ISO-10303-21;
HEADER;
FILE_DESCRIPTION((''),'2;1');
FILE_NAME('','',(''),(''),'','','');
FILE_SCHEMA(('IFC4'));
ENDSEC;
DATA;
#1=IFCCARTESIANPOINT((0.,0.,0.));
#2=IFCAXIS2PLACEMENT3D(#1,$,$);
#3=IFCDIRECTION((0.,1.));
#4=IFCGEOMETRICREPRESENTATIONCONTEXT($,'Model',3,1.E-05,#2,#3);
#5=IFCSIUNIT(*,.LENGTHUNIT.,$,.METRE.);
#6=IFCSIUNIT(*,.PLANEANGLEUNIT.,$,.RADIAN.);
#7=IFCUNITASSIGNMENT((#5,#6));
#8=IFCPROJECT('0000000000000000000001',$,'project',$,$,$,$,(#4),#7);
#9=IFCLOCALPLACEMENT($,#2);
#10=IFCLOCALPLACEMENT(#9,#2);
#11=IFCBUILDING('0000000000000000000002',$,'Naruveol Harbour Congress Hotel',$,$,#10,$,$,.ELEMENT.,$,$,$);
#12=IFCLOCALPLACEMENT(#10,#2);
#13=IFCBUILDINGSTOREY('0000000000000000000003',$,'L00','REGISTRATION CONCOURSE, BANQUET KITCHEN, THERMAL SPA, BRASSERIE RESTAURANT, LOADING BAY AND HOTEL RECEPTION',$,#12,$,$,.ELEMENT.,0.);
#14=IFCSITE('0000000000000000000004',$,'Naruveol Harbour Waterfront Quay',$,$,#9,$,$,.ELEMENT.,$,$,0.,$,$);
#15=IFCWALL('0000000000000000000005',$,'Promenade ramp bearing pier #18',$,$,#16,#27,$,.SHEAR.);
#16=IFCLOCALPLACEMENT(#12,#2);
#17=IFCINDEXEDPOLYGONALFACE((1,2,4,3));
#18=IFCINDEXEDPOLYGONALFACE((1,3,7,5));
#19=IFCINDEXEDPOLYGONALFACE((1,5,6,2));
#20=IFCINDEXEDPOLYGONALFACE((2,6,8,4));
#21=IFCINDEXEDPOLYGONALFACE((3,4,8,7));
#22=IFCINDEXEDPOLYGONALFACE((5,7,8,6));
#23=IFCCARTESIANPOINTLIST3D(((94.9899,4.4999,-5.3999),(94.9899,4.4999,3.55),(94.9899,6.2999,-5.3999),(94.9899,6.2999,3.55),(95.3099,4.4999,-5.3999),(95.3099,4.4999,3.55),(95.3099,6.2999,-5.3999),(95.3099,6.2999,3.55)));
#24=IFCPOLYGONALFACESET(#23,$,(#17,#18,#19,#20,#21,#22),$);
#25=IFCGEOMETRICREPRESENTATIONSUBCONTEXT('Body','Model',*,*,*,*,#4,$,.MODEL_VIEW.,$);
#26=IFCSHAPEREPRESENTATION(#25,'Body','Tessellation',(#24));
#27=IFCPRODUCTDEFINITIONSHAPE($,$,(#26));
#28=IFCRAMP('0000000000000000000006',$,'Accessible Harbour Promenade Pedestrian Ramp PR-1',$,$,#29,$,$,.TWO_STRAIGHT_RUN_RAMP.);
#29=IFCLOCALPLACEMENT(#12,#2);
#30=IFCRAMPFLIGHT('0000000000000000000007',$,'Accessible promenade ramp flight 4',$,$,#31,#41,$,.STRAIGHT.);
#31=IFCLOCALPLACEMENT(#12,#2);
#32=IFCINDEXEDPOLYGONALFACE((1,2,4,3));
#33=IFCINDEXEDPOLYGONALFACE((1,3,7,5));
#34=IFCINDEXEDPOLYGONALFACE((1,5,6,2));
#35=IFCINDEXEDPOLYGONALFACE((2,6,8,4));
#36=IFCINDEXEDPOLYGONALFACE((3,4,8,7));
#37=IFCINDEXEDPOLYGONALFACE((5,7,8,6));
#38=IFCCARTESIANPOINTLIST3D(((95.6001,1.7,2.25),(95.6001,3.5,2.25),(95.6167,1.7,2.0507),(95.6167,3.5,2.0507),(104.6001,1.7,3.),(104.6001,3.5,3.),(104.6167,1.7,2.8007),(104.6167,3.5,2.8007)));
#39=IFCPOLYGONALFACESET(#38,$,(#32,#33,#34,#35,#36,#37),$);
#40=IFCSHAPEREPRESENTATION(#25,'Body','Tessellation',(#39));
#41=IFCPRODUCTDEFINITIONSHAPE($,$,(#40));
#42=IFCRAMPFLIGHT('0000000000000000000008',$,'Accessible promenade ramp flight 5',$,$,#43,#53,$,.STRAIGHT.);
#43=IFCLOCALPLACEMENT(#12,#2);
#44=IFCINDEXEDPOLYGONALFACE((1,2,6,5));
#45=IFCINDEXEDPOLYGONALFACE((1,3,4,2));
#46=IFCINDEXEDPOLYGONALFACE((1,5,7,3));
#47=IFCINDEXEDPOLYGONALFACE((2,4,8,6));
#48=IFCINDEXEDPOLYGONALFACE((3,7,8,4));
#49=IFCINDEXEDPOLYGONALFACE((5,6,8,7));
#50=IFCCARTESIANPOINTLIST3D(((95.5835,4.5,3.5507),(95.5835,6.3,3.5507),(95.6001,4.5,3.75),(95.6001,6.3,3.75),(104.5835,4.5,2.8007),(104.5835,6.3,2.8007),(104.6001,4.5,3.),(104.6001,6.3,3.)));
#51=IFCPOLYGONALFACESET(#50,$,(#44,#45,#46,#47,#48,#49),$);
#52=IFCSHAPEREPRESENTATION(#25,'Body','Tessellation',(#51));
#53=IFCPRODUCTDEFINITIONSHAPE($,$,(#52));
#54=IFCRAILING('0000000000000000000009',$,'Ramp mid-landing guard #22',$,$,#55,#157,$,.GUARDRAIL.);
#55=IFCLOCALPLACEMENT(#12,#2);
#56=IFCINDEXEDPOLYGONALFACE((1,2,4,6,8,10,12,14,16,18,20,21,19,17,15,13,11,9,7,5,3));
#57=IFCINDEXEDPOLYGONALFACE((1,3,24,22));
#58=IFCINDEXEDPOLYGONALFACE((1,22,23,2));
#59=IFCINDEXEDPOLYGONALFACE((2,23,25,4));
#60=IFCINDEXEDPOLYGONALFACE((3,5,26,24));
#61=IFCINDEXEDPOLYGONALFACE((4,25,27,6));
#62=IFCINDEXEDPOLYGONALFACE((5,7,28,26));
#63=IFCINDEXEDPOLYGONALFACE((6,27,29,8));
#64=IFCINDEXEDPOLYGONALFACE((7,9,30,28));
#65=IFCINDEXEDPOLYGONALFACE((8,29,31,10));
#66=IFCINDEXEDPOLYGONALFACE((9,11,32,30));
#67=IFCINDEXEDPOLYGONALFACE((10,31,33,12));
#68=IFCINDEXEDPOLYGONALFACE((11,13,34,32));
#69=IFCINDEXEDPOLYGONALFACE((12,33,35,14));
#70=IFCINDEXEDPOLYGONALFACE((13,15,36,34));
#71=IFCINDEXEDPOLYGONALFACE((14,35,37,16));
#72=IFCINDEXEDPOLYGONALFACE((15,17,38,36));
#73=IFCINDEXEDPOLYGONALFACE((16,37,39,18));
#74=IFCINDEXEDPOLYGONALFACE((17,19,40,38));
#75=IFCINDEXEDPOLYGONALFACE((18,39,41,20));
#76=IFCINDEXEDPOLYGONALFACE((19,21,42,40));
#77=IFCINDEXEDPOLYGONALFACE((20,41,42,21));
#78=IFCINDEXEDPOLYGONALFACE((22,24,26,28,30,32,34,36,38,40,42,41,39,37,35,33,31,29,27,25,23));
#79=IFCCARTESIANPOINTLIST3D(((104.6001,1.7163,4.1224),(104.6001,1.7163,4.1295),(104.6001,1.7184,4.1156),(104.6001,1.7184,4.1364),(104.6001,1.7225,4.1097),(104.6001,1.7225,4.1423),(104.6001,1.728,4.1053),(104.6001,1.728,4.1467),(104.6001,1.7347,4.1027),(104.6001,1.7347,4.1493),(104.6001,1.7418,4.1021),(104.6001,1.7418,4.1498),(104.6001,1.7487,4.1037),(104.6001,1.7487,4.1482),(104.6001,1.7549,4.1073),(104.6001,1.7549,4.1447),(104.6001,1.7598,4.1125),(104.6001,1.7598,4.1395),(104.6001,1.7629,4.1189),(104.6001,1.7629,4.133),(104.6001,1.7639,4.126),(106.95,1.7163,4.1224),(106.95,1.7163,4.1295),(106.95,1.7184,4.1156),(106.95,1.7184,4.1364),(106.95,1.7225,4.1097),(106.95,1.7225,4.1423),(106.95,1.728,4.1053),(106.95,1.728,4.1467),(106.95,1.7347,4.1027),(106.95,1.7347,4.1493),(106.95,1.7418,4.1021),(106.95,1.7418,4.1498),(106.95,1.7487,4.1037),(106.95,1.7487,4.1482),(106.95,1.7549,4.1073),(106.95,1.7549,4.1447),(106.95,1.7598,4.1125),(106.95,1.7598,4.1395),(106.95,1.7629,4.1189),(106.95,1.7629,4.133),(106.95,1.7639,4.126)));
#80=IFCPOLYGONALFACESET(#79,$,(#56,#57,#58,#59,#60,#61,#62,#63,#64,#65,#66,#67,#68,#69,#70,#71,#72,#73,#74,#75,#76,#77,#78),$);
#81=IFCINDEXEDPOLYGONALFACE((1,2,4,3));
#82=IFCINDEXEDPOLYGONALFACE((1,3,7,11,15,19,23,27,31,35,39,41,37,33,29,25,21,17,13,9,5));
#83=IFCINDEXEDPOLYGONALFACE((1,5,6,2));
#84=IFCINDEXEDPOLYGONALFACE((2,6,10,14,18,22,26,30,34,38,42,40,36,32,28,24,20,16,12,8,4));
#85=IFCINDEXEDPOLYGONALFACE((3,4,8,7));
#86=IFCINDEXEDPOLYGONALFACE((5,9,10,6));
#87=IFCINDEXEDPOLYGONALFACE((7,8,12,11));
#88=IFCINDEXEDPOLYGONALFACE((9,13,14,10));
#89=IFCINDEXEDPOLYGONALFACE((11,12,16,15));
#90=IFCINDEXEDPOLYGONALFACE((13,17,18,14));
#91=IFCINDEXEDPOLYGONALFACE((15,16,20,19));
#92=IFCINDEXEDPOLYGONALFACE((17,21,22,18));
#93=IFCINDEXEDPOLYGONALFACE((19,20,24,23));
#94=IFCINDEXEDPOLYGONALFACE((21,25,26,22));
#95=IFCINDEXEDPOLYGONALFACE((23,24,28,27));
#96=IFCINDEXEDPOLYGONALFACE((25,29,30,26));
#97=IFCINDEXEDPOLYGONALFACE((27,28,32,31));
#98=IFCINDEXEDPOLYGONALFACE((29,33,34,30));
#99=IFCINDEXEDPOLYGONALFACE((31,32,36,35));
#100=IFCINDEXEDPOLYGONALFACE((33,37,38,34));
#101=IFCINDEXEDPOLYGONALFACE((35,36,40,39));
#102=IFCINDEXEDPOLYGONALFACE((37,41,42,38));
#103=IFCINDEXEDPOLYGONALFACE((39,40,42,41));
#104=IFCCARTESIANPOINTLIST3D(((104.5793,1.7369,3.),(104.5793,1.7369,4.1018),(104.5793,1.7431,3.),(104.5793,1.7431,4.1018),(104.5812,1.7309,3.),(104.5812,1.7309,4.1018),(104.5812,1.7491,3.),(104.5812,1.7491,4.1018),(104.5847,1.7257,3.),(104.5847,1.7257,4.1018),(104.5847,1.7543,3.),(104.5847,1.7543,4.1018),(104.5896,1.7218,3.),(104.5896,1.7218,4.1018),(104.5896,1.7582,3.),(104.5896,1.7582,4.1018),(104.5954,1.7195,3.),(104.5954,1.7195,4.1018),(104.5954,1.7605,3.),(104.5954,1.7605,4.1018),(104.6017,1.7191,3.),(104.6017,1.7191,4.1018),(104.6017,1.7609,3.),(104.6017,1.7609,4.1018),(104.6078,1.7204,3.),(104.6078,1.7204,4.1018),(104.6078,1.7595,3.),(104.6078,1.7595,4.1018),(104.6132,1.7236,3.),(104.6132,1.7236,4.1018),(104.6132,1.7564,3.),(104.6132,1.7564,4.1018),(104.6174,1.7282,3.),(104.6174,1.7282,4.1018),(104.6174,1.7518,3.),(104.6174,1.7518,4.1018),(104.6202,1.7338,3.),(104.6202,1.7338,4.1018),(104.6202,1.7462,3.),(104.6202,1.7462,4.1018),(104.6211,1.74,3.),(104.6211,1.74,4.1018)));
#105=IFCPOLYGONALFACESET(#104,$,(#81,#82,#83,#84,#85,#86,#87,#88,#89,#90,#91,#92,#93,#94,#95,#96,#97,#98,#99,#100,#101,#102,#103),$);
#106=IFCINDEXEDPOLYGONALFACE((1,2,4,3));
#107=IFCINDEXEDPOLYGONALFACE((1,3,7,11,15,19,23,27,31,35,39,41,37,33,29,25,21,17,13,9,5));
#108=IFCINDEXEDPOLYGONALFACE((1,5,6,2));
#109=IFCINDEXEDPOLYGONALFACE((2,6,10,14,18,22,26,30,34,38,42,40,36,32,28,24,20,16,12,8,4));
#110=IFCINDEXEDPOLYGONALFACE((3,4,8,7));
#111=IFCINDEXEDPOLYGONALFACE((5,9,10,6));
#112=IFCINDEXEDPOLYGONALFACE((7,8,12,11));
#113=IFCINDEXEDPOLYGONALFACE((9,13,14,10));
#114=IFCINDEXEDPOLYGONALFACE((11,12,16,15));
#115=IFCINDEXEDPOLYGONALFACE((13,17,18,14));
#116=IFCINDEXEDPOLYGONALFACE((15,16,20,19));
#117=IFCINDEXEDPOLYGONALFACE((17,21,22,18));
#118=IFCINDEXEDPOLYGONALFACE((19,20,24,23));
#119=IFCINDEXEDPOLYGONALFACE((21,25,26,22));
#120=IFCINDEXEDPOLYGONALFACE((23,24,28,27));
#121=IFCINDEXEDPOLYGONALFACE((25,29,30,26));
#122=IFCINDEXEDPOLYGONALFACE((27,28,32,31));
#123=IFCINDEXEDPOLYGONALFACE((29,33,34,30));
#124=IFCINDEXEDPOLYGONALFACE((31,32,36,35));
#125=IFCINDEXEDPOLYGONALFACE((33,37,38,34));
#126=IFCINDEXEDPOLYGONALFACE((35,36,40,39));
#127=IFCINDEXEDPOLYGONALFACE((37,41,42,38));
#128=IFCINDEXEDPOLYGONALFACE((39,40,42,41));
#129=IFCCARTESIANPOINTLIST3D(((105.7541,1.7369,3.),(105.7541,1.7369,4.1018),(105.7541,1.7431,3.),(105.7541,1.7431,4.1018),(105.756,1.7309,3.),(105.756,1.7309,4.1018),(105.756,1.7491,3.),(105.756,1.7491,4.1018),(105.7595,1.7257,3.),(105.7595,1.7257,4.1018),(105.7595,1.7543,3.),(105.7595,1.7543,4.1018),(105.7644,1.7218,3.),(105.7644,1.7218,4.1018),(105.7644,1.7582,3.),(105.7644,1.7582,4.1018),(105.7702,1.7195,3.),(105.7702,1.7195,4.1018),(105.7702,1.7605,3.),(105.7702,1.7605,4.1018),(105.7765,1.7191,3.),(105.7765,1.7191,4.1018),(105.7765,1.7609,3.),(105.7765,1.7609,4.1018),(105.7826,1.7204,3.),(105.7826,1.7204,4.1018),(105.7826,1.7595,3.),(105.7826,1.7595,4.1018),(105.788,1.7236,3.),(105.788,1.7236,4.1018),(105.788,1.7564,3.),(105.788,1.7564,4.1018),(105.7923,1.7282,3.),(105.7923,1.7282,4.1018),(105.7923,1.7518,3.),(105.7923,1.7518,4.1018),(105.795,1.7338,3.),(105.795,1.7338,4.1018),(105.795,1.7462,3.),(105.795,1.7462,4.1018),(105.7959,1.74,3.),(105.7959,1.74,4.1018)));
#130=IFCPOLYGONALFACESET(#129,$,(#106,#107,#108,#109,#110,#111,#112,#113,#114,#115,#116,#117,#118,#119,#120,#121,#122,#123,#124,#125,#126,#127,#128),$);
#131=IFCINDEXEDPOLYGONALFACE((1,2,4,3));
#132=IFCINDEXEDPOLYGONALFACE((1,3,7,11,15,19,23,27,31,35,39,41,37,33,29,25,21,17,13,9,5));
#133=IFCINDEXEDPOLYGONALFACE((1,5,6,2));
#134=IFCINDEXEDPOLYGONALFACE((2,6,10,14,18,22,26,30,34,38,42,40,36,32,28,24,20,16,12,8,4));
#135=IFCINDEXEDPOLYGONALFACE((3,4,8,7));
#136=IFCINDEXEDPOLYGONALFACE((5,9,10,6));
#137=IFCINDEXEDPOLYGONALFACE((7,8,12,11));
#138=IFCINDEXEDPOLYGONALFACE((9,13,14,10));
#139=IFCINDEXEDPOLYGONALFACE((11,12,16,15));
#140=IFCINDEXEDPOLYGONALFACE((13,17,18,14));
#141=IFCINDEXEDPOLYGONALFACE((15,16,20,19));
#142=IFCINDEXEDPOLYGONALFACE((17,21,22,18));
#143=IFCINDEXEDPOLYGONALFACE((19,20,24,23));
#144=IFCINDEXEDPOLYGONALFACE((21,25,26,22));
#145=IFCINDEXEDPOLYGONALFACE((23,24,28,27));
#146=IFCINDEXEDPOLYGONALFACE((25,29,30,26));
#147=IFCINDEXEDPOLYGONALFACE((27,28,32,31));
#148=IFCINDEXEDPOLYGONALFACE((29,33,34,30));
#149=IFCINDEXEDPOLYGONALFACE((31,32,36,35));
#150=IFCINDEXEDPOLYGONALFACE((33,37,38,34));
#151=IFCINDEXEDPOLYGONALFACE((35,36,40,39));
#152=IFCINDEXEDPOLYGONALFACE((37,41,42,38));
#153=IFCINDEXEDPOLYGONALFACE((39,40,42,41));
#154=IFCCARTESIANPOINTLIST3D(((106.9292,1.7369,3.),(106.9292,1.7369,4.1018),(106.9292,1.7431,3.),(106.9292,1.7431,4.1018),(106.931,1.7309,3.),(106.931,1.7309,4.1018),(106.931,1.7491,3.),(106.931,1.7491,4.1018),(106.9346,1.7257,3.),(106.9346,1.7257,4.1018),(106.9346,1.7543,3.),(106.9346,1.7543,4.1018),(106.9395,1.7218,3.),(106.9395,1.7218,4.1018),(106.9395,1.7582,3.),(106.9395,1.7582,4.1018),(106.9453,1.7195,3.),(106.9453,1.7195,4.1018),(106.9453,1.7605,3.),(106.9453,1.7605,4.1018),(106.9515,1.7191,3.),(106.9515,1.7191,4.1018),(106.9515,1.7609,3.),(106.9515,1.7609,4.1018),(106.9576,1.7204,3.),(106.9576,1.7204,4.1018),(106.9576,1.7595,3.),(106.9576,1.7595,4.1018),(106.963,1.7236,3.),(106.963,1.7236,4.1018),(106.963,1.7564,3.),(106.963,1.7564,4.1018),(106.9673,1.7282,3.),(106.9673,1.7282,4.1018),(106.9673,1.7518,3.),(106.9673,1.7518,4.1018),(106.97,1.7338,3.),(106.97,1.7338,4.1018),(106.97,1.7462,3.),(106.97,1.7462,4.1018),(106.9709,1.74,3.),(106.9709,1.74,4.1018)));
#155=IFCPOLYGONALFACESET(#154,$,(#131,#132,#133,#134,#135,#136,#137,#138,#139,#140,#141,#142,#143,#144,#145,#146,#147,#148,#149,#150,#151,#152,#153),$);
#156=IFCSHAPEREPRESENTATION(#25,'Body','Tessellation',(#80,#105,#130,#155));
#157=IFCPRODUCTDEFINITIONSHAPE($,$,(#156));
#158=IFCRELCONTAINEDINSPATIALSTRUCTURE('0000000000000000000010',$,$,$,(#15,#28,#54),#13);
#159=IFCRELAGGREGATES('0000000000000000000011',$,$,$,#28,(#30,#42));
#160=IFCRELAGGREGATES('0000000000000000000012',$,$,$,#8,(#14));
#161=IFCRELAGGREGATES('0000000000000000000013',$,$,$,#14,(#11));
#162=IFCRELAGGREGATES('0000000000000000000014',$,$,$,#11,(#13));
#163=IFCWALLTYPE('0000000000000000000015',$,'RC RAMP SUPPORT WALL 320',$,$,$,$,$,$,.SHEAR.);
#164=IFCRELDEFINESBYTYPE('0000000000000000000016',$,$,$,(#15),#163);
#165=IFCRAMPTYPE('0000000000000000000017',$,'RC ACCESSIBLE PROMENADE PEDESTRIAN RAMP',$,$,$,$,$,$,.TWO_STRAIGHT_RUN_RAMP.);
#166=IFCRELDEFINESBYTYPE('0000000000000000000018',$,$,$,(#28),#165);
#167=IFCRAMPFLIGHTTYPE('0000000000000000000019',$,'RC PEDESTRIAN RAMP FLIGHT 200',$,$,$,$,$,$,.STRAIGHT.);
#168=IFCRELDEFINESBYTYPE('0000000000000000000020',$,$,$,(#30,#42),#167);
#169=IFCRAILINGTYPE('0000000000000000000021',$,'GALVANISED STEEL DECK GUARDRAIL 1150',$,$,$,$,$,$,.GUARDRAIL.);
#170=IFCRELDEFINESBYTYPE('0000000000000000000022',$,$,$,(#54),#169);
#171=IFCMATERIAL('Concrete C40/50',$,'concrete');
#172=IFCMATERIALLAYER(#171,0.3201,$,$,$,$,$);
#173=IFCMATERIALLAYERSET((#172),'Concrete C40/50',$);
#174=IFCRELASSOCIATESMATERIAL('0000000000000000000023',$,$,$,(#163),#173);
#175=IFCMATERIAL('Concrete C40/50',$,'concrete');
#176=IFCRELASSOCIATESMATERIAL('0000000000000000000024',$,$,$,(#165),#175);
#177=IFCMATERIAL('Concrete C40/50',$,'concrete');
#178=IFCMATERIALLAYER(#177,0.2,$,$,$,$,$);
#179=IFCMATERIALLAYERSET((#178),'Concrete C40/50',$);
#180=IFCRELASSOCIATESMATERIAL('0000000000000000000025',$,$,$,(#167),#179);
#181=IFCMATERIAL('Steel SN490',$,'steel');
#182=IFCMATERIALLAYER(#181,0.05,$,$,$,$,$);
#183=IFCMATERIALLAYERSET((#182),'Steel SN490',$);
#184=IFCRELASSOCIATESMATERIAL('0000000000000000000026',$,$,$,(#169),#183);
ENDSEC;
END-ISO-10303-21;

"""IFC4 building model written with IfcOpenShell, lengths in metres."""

from ifc_helpers import new_model, si_unit, direction, frame, frame_2d, origin, origin_2d, place, context, subcontext, project, spatial, polyline, rectangle, circle, outline, extrude, material, layer, layer_set, type_object, element, aggregate, save


model = new_model("IFC4")

# Units and contexts
model_context = context("Model", 3, precision=1e-05, world=origin(), true_north=direction((0.0, 1.0)))
body_context = subcontext(model_context, "Body", "Model", "MODEL_VIEW")
ifc_project = project(units=[si_unit("LENGTHUNIT", "METRE"), si_unit("PLANEANGLEUNIT", "RADIAN")], contexts=[model_context])

# Site, building, storey
site_placement = place(None, origin())
site = spatial("IfcSite", under=ifc_project, at=site_placement, Name="Naruveol Harbour Waterfront Quay", CompositionType="ELEMENT", RefElevation=0.0)
building_placement = place(site_placement, origin())
building = spatial("IfcBuilding", under=site, at=building_placement, Name="Naruveol Harbour Congress Hotel", CompositionType="ELEMENT")
storey_placement = place(building_placement, origin())
storey = spatial("IfcBuildingStorey", under=building, at=storey_placement, Name="L00", Description="REGISTRATION CONCOURSE, BANQUET KITCHEN, THERMAL SPA, BRASSERIE RESTAURANT, LOADING BAY AND HOTEL RECEPTION", CompositionType="ELEMENT", Elevation=0.0)

# Wall
ifc_material_1 = material(Name="Concrete C40/50", Category="concrete")
ifc_layer_1 = layer(ifc_material_1, 0.3201)
ifc_layer_set_1 = layer_set([ifc_layer_1], Name="Concrete C40/50")
wall_type_1 = type_object("IfcWallType", Name="RC RAMP SUPPORT WALL 320", PredefinedType="SHEAR", material=ifc_layer_set_1)
wall_1_placement = place(storey_placement, frame((95.1499, 4.5, -5.3999), z_axis=(0.0, 0.0, 1.0), x_axis=(0.0, 1.0, 0.0)))
element("IfcWall", 1, at=wall_1_placement, inside=storey, type_object=wall_type_1, Name="Promenade ramp bearing pier #18", PredefinedType="SHEAR", context=body_context, shape_type="SweptSolid", body=[
    extrude(rectangle(XDim=1.8, YDim=0.3201, at=frame_2d((0.8999, 0.0))), origin(), (0.0, 0.0, 1.0), 8.95),
])

# Ramp, ramp flights
ifc_material_2 = material(Name="Concrete C40/50", Category="concrete")
ramp_type = type_object("IfcRampType", Name="RC ACCESSIBLE PROMENADE PEDESTRIAN RAMP", PredefinedType="TWO_STRAIGHT_RUN_RAMP", material=ifc_material_2)
ramp_placement = place(storey_placement, origin())
ramp = element("IfcRamp", 2, at=ramp_placement, inside=storey, type_object=ramp_type, Name="Accessible Harbour Promenade Pedestrian Ramp PR-1", PredefinedType="TWO_STRAIGHT_RUN_RAMP")
ifc_material_3 = material(Name="Concrete C40/50", Category="concrete")
ifc_layer_2 = layer(ifc_material_3, 0.2)
ifc_layer_set_2 = layer_set([ifc_layer_2], Name="Concrete C40/50")
ramp_flight_type = type_object("IfcRampFlightType", Name="RC PEDESTRIAN RAMP FLIGHT 200", PredefinedType="STRAIGHT", material=ifc_layer_set_2)
ramp_flight_1_placement = place(storey_placement, frame((95.6001, 1.7, 2.25), z_axis=(-0.083045, 0.0, 0.996546), x_axis=(0.996546, 0.0, 0.083045)))
ramp_flight_1 = element("IfcRampFlight", 3, at=ramp_flight_1_placement, type_object=ramp_flight_type, Name="Accessible promenade ramp flight 4", PredefinedType="STRAIGHT", context=body_context, shape_type="SweptSolid", body=[
    extrude(outline(polyline([(0.0, 0.0), (9.0312, 0.0), (9.0312, 1.8), (0.0, 1.8), (0.0, 0.0)])), origin(), (0.0, 0.0, -1.0), 0.2),
])
ramp_flight_2_placement = place(storey_placement, frame((95.6001, 4.5, 3.75), z_axis=(0.083045, 0.0, 0.996546), x_axis=(0.996546, 0.0, -0.083045)))
ramp_flight_2 = element("IfcRampFlight", 4, at=ramp_flight_2_placement, type_object=ramp_flight_type, Name="Accessible promenade ramp flight 5", PredefinedType="STRAIGHT", context=body_context, shape_type="SweptSolid", body=[
    extrude(outline(polyline([(0.0, 0.0), (9.0312, 0.0), (9.0312, 1.8), (0.0, 1.8), (0.0, 0.0)])), origin(), (0.0, 0.0, -1.0), 0.2),
])
aggregate(ramp, [ramp_flight_1, ramp_flight_2])

# Railing
ifc_material_4 = material(Name="Steel SN490", Category="steel")
ifc_layer_3 = layer(ifc_material_4, 0.05)
ifc_layer_set_3 = layer_set([ifc_layer_3], Name="Steel SN490")
railing_type = type_object("IfcRailingType", Name="GALVANISED STEEL DECK GUARDRAIL 1150", PredefinedType="GUARDRAIL", material=ifc_layer_set_3)
railing_1_placement = place(storey_placement, frame((104.6001, 1.74, 3.0)))
element("IfcRailing", 5, at=railing_1_placement, inside=storey, type_object=railing_type, Name="Ramp mid-landing guard #22", PredefinedType="GUARDRAIL", context=body_context, shape_type="SweptSolid", body=[
    extrude(circle(Radius=0.0239, at=origin_2d()), frame((0.0, 0.0, 1.126), z_axis=(1.0, 0.0, 0.0), x_axis=(0.0, 1.0, 0.0)), (0.0, 0.0, 1.0), 2.3499),
    extrude(circle(Radius=0.021, at=origin_2d()), origin(), (0.0, 0.0, 1.0), 1.1018),
    extrude(circle(Radius=0.021, at=origin_2d()), frame((1.1748, 0.0, 0.0)), (0.0, 0.0, 1.0), 1.1018),
    extrude(circle(Radius=0.021, at=origin_2d()), frame((2.3499, 0.0, 0.0)), (0.0, 0.0, 1.0), 1.1018),
])

save(model, "model.ifc")
